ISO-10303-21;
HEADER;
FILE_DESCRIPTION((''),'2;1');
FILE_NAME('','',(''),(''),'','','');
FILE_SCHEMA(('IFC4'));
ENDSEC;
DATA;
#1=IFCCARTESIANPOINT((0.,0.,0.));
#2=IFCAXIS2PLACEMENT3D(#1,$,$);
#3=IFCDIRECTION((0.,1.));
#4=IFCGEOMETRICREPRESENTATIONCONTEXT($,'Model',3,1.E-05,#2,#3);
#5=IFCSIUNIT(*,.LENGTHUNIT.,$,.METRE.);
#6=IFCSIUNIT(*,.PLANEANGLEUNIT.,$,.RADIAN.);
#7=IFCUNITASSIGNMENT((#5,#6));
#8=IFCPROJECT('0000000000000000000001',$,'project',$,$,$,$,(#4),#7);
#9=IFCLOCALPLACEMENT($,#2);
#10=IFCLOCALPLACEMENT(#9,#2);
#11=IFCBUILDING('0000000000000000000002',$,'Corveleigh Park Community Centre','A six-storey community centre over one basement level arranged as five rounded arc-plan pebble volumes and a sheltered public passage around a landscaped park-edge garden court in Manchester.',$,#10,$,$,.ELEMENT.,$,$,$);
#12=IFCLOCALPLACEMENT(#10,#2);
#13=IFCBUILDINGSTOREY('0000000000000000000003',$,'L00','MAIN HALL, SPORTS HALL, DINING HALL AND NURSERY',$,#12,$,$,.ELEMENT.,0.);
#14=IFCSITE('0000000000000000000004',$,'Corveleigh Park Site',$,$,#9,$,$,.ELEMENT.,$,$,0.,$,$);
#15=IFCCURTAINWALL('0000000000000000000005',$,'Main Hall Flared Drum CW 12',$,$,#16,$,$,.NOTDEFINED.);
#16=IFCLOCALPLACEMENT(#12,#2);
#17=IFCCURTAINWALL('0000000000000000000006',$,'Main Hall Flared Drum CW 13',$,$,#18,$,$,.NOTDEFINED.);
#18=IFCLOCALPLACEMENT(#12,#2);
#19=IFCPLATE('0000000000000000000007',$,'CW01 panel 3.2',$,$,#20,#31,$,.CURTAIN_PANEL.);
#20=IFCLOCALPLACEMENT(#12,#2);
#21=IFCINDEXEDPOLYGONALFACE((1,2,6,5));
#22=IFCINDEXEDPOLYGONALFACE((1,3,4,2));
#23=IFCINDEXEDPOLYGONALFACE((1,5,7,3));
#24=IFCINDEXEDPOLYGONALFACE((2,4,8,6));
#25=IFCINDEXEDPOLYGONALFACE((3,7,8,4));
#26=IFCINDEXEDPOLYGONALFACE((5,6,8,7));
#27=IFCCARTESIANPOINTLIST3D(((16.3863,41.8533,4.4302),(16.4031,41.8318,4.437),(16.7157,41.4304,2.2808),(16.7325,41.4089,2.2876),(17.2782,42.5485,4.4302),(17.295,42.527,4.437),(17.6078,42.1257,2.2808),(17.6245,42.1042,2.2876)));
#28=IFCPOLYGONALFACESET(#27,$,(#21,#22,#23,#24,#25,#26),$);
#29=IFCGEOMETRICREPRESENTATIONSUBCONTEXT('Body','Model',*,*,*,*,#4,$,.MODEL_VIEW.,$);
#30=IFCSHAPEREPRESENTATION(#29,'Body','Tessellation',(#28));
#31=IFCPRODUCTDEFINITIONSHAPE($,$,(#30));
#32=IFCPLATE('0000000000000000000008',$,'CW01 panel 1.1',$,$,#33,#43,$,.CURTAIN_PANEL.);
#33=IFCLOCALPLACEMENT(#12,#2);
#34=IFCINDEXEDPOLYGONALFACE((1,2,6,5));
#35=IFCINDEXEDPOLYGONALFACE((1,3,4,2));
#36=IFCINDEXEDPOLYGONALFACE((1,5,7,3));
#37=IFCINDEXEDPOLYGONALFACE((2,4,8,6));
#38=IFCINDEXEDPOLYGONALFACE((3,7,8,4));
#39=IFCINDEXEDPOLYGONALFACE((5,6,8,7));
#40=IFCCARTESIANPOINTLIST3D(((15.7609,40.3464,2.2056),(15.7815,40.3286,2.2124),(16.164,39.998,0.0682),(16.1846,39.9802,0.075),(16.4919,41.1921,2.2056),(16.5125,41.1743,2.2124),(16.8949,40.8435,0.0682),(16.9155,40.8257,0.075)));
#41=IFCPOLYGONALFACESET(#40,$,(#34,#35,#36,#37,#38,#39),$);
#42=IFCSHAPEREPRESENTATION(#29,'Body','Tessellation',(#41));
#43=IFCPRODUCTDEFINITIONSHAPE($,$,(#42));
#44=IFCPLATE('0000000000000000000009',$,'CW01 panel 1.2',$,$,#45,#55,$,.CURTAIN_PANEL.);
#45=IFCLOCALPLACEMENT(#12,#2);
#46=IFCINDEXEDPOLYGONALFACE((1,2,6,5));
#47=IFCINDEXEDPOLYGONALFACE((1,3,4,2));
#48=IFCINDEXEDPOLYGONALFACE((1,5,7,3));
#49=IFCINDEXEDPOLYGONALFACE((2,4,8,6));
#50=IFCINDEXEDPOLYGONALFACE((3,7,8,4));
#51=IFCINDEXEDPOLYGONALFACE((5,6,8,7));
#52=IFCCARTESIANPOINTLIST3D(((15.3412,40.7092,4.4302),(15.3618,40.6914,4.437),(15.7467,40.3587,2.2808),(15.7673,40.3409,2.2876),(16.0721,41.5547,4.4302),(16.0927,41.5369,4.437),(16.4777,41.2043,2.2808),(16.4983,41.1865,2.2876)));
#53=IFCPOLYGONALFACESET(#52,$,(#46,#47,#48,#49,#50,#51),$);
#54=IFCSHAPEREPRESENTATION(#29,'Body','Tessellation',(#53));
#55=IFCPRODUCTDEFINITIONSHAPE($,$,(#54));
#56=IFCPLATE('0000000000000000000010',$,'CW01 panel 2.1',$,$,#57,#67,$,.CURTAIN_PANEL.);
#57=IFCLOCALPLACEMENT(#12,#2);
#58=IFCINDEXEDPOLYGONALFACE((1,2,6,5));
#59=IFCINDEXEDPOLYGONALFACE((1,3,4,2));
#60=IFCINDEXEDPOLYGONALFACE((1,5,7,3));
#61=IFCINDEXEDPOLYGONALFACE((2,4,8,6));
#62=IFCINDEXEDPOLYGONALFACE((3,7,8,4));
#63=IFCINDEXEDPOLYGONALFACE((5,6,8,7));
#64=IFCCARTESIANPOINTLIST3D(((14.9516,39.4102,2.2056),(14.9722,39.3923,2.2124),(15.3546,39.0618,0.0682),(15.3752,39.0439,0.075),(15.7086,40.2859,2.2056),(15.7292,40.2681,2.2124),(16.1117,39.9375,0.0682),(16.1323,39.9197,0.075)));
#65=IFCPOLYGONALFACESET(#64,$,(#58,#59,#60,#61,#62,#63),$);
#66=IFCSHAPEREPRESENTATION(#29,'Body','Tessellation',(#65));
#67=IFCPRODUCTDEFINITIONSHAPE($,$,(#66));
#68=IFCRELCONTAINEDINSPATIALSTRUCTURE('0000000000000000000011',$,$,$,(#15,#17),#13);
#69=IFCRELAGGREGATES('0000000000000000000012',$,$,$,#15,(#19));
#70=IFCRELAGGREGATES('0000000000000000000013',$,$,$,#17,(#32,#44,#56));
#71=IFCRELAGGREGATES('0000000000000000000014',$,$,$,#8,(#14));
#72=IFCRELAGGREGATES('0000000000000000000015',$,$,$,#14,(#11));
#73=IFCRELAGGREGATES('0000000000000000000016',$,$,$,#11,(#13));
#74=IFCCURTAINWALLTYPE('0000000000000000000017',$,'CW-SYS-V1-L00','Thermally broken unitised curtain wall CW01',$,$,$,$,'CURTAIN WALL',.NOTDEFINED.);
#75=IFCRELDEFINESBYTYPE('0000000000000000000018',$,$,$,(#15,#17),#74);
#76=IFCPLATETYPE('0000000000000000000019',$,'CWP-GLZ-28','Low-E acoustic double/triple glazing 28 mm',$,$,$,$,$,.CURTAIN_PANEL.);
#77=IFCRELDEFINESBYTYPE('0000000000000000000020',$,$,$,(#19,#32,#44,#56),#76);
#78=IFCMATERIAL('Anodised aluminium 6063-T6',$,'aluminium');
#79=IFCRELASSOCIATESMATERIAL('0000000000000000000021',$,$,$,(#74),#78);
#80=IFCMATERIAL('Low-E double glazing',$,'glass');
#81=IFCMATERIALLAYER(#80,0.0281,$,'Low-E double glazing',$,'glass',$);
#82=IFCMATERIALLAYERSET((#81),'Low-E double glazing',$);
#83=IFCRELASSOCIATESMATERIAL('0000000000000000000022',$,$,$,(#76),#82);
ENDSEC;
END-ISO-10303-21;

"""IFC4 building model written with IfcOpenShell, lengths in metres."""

from ifc_helpers import new_model, si_unit, direction, frame, origin, place, context, subcontext, project, spatial, polyline, outline, extrude, material, layer, layer_set, type_object, element, aggregate, save


model = new_model("IFC4")

# Units and contexts
model_context = context("Model", 3, precision=1e-05, world=origin(), true_north=direction((0.0, 1.0)))
body_context = subcontext(model_context, "Body", "Model", "MODEL_VIEW")
ifc_project = project(units=[si_unit("LENGTHUNIT", "METRE"), si_unit("PLANEANGLEUNIT", "RADIAN")], contexts=[model_context])

# Site, building, storey
site_placement = place(None, origin())
site = spatial("IfcSite", under=ifc_project, at=site_placement, Name="Corveleigh Park Site", CompositionType="ELEMENT", RefElevation=0.0)
building_placement = place(site_placement, origin())
building = spatial("IfcBuilding", under=site, at=building_placement, Name="Corveleigh Park Community Centre", Description="A six-storey community centre over one basement level arranged as five rounded arc-plan pebble volumes and a sheltered public passage around a landscaped park-edge garden court in Manchester.", CompositionType="ELEMENT")
storey_placement = place(building_placement, origin())
storey = spatial("IfcBuildingStorey", under=building, at=storey_placement, Name="L00", Description="MAIN HALL, SPORTS HALL, DINING HALL AND NURSERY", CompositionType="ELEMENT", Elevation=0.0)

# Shared definitions
ifc_material_1 = material(Name="Anodised aluminium 6063-T6", Category="aluminium")
curtain_wall_type = type_object("IfcCurtainWallType", Name="CW-SYS-V1-L00", Description="Thermally broken unitised curtain wall CW01", ElementType="CURTAIN WALL", PredefinedType="NOTDEFINED", material=ifc_material_1)

# Curtain walls
curtain_wall_1_placement = place(storey_placement, origin())
curtain_wall_1 = element("IfcCurtainWall", 1, at=curtain_wall_1_placement, inside=storey, type_object=curtain_wall_type, Name="Main Hall Flared Drum CW 12", PredefinedType="NOTDEFINED")
curtain_wall_2_placement = place(storey_placement, origin())
curtain_wall_2 = element("IfcCurtainWall", 2, at=curtain_wall_2_placement, inside=storey, type_object=curtain_wall_type, Name="Main Hall Flared Drum CW 13", PredefinedType="NOTDEFINED")

# Plates
ifc_material_2 = material(Name="Low-E double glazing", Category="glass")
ifc_layer = layer(ifc_material_2, 0.0281, Name="Low-E double glazing", Category="glass")
ifc_layer_set = layer_set([ifc_layer], Name="Low-E double glazing")
plate_type = type_object("IfcPlateType", Name="CWP-GLZ-28", Description="Low-E acoustic double/triple glazing 28 mm", PredefinedType="CURTAIN_PANEL", material=ifc_layer_set)
plate_1_placement = place(storey_placement, frame((17.6245, 42.1042, 2.2876), z_axis=(0.596528, -0.765244, 0.241983), x_axis=(-0.788686, -0.614797, 0.000016)))
plate_1 = element("IfcPlate", 3, at=plate_1_placement, type_object=plate_type, Name="CW01 panel 3.2", PredefinedType="CURTAIN_PANEL", context=body_context, shape_type="SweptSolid", body=[
    extrude(outline(polyline([(0.0, 0.0), (1.1311, 0.0), (1.1309, -2.2152), (0.0, -2.2153), (0.0, 0.0)])), origin(), (0.0, 0.0, -1.0), 0.0281),
])
aggregate(curtain_wall_1, [plate_1])
plate_2_placement = place(storey_placement, frame((16.9155, 40.8257, 0.075), z_axis=(0.734055, -0.634549, 0.24189), x_axis=(-0.653973, -0.756518, 0.000017)))
plate_2 = element("IfcPlate", 4, at=plate_2_placement, type_object=plate_type, Name="CW01 panel 1.1", PredefinedType="CURTAIN_PANEL", context=body_context, shape_type="SweptSolid", body=[
    extrude(outline(polyline([(0.0, 0.0), (1.1176, 0.0), (1.1177, -2.2028), (-0.0001, -2.2029), (0.0, 0.0)])), origin(), (0.0, 0.0, -1.0), 0.0281),
])
plate_3_placement = place(storey_placement, frame((16.4983, 41.1865, 2.2876), z_axis=(0.734044, -0.634539, 0.24195), x_axis=(-0.653966, -0.756524, -0.000017)))
plate_3 = element("IfcPlate", 5, at=plate_3_placement, type_object=plate_type, Name="CW01 panel 1.2", PredefinedType="CURTAIN_PANEL", context=body_context, shape_type="SweptSolid", body=[
    extrude(outline(polyline([(0.0, 0.0), (1.1178, 0.0), (1.1177, -2.2153), (0.0001, -2.2152), (0.0, 0.0)])), origin(), (0.0, 0.0, -1.0), 0.0281),
])
plate_4_placement = place(storey_placement, frame((16.1323, 39.9197, 0.075), z_axis=(0.734037, -0.634583, 0.241856), x_axis=(-0.653999, -0.756496, 0.0)))
plate_4 = element("IfcPlate", 6, at=plate_4_placement, type_object=plate_type, Name="CW01 panel 2.1", PredefinedType="CURTAIN_PANEL", context=body_context, shape_type="SweptSolid", body=[
    extrude(outline(polyline([(0.0, 0.0), (1.1576, 0.0), (1.1577, -2.2028), (0.0001, -2.2028), (0.0, 0.0)])), origin(), (0.0, 0.0, -1.0), 0.0281),
])
aggregate(curtain_wall_2, [plate_2, plate_3, plate_4])

save(model, "model.ifc")
